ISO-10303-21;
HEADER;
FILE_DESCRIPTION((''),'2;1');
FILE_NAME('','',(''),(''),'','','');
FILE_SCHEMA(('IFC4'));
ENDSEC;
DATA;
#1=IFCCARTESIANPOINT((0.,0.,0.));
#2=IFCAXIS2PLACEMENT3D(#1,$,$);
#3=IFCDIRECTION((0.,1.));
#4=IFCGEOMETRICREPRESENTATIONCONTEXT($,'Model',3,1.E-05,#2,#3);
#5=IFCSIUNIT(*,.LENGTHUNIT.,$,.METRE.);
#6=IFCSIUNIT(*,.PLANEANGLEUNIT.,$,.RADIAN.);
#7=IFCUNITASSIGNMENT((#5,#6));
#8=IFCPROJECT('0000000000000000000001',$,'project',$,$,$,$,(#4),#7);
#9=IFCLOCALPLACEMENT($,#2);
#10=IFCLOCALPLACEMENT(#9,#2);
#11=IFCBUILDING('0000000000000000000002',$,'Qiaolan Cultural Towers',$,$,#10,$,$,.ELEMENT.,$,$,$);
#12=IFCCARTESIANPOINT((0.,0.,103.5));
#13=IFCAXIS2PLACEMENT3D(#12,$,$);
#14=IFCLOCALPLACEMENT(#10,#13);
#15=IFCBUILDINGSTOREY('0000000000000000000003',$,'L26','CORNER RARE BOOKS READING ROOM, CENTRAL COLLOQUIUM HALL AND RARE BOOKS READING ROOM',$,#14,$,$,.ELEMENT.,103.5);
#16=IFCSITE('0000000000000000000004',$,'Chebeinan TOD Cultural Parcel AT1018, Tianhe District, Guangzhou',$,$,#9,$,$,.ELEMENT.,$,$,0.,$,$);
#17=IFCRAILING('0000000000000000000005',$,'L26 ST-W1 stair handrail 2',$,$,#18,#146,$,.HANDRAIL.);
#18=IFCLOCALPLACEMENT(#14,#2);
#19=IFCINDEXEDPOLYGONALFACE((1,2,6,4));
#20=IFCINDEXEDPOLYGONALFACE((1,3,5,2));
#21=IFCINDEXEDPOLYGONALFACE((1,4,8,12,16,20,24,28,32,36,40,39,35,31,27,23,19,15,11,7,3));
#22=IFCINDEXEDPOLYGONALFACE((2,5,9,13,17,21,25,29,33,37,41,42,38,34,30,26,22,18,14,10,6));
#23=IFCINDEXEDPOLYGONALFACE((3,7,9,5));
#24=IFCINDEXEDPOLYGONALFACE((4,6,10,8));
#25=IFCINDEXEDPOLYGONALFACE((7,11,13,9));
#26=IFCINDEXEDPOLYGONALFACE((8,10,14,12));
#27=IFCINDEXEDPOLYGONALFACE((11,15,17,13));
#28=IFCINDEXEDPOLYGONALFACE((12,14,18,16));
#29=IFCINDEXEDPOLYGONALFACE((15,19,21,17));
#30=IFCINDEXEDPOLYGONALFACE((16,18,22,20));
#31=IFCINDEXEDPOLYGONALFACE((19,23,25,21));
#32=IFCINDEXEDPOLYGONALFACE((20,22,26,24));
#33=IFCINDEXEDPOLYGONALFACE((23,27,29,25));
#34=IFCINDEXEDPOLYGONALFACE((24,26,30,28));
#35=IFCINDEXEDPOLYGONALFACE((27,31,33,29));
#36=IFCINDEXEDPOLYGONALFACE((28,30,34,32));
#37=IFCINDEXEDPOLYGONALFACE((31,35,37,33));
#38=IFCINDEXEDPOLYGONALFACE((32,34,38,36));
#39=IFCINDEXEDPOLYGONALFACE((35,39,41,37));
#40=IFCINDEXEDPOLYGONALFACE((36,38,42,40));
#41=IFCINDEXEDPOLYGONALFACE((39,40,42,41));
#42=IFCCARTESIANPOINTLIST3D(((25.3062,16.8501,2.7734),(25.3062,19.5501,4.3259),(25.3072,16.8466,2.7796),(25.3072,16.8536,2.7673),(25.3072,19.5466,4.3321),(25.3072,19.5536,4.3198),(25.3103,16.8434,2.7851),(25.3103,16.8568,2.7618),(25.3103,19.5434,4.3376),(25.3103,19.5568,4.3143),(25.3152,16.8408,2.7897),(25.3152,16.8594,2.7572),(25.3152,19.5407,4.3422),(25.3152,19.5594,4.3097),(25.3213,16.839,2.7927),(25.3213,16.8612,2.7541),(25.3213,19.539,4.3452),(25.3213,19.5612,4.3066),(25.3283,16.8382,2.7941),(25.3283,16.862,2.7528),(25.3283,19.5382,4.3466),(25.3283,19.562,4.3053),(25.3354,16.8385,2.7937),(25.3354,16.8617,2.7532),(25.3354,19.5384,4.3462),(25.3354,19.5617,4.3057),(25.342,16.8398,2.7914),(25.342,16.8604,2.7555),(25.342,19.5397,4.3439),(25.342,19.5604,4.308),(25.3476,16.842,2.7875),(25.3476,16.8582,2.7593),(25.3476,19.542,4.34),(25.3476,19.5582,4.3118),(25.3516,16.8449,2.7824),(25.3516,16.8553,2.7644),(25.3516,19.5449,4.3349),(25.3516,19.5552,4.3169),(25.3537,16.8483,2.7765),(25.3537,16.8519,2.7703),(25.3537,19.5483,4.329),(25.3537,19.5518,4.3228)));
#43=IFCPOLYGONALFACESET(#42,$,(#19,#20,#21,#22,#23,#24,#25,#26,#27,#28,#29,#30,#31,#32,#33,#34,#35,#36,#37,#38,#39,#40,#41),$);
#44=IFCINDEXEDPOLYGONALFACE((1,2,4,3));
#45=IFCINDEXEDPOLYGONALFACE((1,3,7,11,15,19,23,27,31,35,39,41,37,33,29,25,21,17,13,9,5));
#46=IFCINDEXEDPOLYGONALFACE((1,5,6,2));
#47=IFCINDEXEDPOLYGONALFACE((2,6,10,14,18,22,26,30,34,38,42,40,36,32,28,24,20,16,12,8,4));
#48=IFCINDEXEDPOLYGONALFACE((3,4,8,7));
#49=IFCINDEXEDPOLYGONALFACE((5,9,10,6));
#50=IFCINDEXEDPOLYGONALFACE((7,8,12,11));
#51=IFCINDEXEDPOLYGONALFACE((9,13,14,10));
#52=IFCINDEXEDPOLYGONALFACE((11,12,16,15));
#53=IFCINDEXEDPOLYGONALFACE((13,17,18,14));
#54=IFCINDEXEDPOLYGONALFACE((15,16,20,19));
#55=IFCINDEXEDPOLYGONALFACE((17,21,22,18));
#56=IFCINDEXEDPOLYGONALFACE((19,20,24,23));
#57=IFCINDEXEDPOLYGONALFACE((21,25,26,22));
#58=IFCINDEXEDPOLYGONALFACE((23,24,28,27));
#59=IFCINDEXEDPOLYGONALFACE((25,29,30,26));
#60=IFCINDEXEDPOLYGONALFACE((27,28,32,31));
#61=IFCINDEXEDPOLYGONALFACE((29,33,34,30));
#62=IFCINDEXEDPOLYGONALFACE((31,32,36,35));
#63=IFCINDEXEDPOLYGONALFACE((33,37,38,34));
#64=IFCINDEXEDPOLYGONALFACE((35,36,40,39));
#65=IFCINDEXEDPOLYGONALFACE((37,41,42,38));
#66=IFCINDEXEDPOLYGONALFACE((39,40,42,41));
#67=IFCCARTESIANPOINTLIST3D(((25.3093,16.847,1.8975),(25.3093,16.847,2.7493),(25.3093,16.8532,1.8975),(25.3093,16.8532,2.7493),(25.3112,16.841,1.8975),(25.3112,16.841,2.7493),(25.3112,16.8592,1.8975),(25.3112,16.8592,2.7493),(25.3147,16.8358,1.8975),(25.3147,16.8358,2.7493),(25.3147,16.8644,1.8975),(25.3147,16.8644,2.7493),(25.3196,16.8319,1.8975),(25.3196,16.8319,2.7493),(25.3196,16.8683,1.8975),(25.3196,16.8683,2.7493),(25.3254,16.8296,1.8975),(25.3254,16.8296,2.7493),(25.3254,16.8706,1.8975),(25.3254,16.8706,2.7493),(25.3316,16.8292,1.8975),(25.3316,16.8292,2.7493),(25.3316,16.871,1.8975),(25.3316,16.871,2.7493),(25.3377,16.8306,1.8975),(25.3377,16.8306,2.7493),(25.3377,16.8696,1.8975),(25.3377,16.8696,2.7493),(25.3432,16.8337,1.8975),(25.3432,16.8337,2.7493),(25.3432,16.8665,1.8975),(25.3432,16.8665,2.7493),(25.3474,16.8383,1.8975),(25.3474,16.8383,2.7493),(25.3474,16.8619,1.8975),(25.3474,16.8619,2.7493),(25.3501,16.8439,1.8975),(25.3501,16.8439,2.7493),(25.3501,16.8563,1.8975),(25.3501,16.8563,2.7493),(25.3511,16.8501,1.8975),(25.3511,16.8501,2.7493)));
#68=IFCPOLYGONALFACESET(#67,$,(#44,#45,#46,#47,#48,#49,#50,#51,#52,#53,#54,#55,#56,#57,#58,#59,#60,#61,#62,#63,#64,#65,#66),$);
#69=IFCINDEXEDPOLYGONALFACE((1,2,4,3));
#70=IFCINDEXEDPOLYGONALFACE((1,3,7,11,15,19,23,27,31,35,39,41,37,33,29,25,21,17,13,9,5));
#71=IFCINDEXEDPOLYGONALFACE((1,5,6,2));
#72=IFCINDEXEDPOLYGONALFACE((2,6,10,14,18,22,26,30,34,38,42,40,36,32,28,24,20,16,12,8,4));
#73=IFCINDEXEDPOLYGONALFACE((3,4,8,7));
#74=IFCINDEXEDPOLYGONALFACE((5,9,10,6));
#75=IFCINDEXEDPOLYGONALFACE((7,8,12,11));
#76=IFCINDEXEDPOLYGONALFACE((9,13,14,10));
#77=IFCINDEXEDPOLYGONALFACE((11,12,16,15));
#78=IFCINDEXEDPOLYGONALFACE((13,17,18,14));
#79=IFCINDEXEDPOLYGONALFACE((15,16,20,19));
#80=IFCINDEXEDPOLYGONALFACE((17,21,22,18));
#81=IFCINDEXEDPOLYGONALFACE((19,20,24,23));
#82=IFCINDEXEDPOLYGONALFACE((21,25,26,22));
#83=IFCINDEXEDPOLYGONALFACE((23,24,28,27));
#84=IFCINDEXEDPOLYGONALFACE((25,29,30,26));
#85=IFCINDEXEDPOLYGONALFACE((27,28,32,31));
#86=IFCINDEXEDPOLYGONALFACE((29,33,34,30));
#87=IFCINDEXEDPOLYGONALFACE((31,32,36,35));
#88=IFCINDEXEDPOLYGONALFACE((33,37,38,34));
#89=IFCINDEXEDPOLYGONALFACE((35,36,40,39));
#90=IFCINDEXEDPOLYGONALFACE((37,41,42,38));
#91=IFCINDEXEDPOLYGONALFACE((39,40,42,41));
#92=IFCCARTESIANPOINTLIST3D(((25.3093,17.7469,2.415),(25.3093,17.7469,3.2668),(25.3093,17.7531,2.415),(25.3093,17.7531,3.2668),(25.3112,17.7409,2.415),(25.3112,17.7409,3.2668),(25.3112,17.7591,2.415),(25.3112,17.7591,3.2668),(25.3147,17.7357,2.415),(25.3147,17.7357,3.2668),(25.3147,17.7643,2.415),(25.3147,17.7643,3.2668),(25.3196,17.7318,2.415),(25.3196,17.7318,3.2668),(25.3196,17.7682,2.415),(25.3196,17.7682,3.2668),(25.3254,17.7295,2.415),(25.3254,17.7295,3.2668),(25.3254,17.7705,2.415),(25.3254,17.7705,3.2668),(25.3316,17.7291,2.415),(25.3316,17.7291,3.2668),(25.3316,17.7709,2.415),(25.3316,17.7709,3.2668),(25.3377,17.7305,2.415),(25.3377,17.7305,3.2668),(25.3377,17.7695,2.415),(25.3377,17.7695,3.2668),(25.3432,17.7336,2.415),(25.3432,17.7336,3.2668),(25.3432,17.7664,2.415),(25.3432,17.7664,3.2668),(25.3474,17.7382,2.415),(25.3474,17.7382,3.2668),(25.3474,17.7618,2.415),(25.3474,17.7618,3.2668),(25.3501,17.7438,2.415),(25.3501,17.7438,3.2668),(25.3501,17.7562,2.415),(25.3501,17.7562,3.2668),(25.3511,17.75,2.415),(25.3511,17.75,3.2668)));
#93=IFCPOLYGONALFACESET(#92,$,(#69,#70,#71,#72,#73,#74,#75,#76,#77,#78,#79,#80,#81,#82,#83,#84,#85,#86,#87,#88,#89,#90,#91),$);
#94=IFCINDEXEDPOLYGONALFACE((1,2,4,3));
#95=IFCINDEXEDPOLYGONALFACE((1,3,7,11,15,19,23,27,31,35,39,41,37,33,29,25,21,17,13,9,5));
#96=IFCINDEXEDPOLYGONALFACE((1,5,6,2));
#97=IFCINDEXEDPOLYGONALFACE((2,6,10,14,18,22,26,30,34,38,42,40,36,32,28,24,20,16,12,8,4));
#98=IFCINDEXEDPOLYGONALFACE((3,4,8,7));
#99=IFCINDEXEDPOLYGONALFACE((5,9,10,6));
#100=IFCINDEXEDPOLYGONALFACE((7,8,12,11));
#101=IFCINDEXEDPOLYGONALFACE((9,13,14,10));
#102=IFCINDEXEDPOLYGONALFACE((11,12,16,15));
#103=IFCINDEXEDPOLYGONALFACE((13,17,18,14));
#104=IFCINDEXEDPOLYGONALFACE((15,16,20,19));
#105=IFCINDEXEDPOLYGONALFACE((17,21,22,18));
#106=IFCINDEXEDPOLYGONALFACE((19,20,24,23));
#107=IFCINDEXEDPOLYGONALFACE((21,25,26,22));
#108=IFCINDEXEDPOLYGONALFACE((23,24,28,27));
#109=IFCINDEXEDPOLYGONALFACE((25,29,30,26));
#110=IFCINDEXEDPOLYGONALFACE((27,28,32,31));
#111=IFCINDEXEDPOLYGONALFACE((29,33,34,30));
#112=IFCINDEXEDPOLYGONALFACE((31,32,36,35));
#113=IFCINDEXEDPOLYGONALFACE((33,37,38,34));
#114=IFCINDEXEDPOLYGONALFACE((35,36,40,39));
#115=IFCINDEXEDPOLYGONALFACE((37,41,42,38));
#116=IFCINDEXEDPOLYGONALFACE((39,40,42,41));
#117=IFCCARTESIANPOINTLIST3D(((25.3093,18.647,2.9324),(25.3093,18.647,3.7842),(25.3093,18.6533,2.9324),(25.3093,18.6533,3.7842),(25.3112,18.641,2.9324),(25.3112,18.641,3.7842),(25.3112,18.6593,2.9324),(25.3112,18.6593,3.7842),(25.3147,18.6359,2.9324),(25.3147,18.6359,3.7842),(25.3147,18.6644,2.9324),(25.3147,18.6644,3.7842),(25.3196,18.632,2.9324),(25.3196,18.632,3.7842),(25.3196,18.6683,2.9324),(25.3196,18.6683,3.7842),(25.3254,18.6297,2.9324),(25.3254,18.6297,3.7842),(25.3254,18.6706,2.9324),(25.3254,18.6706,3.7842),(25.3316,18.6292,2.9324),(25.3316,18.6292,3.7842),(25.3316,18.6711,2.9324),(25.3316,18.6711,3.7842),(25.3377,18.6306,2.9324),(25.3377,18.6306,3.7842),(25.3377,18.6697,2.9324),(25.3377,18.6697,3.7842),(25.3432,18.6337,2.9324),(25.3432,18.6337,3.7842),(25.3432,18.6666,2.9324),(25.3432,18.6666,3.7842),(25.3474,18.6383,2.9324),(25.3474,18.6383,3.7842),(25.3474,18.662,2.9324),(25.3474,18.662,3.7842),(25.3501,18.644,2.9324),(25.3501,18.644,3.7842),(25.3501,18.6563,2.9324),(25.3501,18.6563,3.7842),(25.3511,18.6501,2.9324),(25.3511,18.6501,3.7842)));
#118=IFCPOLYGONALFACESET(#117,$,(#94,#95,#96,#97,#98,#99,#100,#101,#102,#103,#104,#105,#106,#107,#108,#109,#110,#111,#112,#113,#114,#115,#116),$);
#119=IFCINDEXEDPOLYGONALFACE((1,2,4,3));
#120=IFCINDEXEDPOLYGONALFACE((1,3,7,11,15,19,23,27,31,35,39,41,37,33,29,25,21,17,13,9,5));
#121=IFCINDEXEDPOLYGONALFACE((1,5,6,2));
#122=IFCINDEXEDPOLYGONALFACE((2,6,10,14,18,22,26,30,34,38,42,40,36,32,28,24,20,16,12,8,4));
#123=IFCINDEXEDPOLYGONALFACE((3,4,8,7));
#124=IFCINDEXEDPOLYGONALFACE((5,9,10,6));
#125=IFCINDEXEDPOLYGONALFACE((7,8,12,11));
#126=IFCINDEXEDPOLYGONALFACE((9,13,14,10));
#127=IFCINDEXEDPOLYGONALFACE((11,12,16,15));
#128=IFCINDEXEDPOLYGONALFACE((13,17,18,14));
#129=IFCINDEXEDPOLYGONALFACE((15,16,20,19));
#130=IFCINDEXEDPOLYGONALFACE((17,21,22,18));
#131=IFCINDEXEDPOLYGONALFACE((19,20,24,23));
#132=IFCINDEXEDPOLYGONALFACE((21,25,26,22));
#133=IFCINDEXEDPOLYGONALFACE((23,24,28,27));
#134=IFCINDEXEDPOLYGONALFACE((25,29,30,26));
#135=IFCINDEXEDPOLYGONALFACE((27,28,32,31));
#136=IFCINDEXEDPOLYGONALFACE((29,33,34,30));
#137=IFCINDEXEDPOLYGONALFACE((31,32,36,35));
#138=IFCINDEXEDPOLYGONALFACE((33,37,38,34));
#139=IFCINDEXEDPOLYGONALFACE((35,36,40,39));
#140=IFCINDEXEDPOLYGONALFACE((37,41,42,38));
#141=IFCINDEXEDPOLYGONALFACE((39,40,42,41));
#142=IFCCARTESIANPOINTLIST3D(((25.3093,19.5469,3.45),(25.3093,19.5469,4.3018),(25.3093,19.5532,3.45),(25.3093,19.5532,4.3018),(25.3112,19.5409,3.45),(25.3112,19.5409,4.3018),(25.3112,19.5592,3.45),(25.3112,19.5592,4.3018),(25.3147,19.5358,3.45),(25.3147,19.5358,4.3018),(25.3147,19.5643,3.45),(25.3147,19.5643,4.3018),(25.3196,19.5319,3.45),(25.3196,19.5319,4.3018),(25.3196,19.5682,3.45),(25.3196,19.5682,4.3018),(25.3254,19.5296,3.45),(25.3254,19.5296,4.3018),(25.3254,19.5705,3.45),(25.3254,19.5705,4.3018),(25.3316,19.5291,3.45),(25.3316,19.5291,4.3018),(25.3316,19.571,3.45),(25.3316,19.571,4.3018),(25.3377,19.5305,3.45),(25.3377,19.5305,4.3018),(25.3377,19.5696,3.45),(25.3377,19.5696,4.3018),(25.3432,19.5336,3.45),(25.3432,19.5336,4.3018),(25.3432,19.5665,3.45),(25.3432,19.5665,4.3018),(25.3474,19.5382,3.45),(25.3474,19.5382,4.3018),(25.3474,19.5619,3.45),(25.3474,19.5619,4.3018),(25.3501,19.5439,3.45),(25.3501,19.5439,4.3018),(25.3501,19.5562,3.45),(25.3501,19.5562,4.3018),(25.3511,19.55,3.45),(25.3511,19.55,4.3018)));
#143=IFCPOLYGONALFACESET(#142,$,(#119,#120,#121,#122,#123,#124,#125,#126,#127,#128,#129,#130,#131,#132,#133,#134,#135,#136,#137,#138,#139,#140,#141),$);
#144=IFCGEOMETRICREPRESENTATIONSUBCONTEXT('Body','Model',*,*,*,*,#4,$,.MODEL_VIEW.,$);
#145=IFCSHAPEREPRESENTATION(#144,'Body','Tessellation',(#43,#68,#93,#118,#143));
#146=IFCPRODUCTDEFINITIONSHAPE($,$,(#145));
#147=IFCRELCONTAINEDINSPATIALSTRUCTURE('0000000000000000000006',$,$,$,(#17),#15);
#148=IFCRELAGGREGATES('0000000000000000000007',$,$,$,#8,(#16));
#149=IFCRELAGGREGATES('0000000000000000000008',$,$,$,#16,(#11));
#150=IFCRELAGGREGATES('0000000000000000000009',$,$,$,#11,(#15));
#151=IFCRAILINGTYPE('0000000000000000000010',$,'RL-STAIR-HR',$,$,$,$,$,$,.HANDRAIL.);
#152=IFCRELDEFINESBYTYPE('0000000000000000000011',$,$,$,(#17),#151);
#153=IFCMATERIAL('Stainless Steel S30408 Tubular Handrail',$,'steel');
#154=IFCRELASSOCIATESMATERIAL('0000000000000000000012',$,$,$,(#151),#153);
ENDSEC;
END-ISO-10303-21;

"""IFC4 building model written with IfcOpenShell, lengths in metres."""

from ifc_helpers import new_model, si_unit, direction, frame, origin, origin_2d, place, context, subcontext, project, spatial, circle, extrude, material, type_object, element, save


model = new_model("IFC4")

# Units and contexts
model_context = context("Model", 3, precision=1e-05, world=origin(), true_north=direction((0.0, 1.0)))
body_context = subcontext(model_context, "Body", "Model", "MODEL_VIEW")
ifc_project = project(units=[si_unit("LENGTHUNIT", "METRE"), si_unit("PLANEANGLEUNIT", "RADIAN")], contexts=[model_context])

# Site, building, storey
site_placement = place(None, origin())
site = spatial("IfcSite", under=ifc_project, at=site_placement, Name="Chebeinan TOD Cultural Parcel AT1018, Tianhe District, Guangzhou", CompositionType="ELEMENT", RefElevation=0.0)
building_placement = place(site_placement, origin())
building = spatial("IfcBuilding", under=site, at=building_placement, Name="Qiaolan Cultural Towers", CompositionType="ELEMENT")
storey_placement = place(building_placement, frame((0.0, 0.0, 103.5)))
storey = spatial("IfcBuildingStorey", under=building, at=storey_placement, Name="L26", Description="CORNER RARE BOOKS READING ROOM, CENTRAL COLLOQUIUM HALL AND RARE BOOKS READING ROOM", CompositionType="ELEMENT", Elevation=103.5)

# Railing
ifc_material_1 = material(Name="Stainless Steel S30408 Tubular Handrail", Category="steel")
railing_type_1 = type_object("IfcRailingType", Name="RL-STAIR-HR", PredefinedType="HANDRAIL", material=ifc_material_1)
railing_1_placement = place(storey_placement, frame((25.3301, 16.8501, 1.8975)))
element("IfcRailing", 1, at=railing_1_placement, inside=storey, type_object=railing_type_1, Name="L26 ST-W1 stair handrail 2", PredefinedType="HANDRAIL", context=body_context, shape_type="SweptSolid", body=[
    extrude(circle(Radius=0.0239, at=origin_2d()), frame((0.0, 0.0, 0.876), z_axis=(0.0, 0.866904, 0.498476), x_axis=(-1.0, 0.0, 0.0)), (0.0, 0.0, 1.0), 3.1145),
    extrude(circle(Radius=0.021, at=origin_2d()), origin(), (0.0, 0.0, 1.0), 0.8518),
    extrude(circle(Radius=0.021, at=origin_2d()), frame((0.0, 0.8999, 0.5176)), (0.0, 0.0, 1.0), 0.8518),
    extrude(circle(Radius=0.021, at=origin_2d()), frame((0.0, 1.8, 1.0349)), (0.0, 0.0, 1.0), 0.8518),
    extrude(circle(Radius=0.021, at=origin_2d()), frame((0.0, 2.7, 1.5525)), (0.0, 0.0, 1.0), 0.8518),
])

save(model, "model.ifc")
